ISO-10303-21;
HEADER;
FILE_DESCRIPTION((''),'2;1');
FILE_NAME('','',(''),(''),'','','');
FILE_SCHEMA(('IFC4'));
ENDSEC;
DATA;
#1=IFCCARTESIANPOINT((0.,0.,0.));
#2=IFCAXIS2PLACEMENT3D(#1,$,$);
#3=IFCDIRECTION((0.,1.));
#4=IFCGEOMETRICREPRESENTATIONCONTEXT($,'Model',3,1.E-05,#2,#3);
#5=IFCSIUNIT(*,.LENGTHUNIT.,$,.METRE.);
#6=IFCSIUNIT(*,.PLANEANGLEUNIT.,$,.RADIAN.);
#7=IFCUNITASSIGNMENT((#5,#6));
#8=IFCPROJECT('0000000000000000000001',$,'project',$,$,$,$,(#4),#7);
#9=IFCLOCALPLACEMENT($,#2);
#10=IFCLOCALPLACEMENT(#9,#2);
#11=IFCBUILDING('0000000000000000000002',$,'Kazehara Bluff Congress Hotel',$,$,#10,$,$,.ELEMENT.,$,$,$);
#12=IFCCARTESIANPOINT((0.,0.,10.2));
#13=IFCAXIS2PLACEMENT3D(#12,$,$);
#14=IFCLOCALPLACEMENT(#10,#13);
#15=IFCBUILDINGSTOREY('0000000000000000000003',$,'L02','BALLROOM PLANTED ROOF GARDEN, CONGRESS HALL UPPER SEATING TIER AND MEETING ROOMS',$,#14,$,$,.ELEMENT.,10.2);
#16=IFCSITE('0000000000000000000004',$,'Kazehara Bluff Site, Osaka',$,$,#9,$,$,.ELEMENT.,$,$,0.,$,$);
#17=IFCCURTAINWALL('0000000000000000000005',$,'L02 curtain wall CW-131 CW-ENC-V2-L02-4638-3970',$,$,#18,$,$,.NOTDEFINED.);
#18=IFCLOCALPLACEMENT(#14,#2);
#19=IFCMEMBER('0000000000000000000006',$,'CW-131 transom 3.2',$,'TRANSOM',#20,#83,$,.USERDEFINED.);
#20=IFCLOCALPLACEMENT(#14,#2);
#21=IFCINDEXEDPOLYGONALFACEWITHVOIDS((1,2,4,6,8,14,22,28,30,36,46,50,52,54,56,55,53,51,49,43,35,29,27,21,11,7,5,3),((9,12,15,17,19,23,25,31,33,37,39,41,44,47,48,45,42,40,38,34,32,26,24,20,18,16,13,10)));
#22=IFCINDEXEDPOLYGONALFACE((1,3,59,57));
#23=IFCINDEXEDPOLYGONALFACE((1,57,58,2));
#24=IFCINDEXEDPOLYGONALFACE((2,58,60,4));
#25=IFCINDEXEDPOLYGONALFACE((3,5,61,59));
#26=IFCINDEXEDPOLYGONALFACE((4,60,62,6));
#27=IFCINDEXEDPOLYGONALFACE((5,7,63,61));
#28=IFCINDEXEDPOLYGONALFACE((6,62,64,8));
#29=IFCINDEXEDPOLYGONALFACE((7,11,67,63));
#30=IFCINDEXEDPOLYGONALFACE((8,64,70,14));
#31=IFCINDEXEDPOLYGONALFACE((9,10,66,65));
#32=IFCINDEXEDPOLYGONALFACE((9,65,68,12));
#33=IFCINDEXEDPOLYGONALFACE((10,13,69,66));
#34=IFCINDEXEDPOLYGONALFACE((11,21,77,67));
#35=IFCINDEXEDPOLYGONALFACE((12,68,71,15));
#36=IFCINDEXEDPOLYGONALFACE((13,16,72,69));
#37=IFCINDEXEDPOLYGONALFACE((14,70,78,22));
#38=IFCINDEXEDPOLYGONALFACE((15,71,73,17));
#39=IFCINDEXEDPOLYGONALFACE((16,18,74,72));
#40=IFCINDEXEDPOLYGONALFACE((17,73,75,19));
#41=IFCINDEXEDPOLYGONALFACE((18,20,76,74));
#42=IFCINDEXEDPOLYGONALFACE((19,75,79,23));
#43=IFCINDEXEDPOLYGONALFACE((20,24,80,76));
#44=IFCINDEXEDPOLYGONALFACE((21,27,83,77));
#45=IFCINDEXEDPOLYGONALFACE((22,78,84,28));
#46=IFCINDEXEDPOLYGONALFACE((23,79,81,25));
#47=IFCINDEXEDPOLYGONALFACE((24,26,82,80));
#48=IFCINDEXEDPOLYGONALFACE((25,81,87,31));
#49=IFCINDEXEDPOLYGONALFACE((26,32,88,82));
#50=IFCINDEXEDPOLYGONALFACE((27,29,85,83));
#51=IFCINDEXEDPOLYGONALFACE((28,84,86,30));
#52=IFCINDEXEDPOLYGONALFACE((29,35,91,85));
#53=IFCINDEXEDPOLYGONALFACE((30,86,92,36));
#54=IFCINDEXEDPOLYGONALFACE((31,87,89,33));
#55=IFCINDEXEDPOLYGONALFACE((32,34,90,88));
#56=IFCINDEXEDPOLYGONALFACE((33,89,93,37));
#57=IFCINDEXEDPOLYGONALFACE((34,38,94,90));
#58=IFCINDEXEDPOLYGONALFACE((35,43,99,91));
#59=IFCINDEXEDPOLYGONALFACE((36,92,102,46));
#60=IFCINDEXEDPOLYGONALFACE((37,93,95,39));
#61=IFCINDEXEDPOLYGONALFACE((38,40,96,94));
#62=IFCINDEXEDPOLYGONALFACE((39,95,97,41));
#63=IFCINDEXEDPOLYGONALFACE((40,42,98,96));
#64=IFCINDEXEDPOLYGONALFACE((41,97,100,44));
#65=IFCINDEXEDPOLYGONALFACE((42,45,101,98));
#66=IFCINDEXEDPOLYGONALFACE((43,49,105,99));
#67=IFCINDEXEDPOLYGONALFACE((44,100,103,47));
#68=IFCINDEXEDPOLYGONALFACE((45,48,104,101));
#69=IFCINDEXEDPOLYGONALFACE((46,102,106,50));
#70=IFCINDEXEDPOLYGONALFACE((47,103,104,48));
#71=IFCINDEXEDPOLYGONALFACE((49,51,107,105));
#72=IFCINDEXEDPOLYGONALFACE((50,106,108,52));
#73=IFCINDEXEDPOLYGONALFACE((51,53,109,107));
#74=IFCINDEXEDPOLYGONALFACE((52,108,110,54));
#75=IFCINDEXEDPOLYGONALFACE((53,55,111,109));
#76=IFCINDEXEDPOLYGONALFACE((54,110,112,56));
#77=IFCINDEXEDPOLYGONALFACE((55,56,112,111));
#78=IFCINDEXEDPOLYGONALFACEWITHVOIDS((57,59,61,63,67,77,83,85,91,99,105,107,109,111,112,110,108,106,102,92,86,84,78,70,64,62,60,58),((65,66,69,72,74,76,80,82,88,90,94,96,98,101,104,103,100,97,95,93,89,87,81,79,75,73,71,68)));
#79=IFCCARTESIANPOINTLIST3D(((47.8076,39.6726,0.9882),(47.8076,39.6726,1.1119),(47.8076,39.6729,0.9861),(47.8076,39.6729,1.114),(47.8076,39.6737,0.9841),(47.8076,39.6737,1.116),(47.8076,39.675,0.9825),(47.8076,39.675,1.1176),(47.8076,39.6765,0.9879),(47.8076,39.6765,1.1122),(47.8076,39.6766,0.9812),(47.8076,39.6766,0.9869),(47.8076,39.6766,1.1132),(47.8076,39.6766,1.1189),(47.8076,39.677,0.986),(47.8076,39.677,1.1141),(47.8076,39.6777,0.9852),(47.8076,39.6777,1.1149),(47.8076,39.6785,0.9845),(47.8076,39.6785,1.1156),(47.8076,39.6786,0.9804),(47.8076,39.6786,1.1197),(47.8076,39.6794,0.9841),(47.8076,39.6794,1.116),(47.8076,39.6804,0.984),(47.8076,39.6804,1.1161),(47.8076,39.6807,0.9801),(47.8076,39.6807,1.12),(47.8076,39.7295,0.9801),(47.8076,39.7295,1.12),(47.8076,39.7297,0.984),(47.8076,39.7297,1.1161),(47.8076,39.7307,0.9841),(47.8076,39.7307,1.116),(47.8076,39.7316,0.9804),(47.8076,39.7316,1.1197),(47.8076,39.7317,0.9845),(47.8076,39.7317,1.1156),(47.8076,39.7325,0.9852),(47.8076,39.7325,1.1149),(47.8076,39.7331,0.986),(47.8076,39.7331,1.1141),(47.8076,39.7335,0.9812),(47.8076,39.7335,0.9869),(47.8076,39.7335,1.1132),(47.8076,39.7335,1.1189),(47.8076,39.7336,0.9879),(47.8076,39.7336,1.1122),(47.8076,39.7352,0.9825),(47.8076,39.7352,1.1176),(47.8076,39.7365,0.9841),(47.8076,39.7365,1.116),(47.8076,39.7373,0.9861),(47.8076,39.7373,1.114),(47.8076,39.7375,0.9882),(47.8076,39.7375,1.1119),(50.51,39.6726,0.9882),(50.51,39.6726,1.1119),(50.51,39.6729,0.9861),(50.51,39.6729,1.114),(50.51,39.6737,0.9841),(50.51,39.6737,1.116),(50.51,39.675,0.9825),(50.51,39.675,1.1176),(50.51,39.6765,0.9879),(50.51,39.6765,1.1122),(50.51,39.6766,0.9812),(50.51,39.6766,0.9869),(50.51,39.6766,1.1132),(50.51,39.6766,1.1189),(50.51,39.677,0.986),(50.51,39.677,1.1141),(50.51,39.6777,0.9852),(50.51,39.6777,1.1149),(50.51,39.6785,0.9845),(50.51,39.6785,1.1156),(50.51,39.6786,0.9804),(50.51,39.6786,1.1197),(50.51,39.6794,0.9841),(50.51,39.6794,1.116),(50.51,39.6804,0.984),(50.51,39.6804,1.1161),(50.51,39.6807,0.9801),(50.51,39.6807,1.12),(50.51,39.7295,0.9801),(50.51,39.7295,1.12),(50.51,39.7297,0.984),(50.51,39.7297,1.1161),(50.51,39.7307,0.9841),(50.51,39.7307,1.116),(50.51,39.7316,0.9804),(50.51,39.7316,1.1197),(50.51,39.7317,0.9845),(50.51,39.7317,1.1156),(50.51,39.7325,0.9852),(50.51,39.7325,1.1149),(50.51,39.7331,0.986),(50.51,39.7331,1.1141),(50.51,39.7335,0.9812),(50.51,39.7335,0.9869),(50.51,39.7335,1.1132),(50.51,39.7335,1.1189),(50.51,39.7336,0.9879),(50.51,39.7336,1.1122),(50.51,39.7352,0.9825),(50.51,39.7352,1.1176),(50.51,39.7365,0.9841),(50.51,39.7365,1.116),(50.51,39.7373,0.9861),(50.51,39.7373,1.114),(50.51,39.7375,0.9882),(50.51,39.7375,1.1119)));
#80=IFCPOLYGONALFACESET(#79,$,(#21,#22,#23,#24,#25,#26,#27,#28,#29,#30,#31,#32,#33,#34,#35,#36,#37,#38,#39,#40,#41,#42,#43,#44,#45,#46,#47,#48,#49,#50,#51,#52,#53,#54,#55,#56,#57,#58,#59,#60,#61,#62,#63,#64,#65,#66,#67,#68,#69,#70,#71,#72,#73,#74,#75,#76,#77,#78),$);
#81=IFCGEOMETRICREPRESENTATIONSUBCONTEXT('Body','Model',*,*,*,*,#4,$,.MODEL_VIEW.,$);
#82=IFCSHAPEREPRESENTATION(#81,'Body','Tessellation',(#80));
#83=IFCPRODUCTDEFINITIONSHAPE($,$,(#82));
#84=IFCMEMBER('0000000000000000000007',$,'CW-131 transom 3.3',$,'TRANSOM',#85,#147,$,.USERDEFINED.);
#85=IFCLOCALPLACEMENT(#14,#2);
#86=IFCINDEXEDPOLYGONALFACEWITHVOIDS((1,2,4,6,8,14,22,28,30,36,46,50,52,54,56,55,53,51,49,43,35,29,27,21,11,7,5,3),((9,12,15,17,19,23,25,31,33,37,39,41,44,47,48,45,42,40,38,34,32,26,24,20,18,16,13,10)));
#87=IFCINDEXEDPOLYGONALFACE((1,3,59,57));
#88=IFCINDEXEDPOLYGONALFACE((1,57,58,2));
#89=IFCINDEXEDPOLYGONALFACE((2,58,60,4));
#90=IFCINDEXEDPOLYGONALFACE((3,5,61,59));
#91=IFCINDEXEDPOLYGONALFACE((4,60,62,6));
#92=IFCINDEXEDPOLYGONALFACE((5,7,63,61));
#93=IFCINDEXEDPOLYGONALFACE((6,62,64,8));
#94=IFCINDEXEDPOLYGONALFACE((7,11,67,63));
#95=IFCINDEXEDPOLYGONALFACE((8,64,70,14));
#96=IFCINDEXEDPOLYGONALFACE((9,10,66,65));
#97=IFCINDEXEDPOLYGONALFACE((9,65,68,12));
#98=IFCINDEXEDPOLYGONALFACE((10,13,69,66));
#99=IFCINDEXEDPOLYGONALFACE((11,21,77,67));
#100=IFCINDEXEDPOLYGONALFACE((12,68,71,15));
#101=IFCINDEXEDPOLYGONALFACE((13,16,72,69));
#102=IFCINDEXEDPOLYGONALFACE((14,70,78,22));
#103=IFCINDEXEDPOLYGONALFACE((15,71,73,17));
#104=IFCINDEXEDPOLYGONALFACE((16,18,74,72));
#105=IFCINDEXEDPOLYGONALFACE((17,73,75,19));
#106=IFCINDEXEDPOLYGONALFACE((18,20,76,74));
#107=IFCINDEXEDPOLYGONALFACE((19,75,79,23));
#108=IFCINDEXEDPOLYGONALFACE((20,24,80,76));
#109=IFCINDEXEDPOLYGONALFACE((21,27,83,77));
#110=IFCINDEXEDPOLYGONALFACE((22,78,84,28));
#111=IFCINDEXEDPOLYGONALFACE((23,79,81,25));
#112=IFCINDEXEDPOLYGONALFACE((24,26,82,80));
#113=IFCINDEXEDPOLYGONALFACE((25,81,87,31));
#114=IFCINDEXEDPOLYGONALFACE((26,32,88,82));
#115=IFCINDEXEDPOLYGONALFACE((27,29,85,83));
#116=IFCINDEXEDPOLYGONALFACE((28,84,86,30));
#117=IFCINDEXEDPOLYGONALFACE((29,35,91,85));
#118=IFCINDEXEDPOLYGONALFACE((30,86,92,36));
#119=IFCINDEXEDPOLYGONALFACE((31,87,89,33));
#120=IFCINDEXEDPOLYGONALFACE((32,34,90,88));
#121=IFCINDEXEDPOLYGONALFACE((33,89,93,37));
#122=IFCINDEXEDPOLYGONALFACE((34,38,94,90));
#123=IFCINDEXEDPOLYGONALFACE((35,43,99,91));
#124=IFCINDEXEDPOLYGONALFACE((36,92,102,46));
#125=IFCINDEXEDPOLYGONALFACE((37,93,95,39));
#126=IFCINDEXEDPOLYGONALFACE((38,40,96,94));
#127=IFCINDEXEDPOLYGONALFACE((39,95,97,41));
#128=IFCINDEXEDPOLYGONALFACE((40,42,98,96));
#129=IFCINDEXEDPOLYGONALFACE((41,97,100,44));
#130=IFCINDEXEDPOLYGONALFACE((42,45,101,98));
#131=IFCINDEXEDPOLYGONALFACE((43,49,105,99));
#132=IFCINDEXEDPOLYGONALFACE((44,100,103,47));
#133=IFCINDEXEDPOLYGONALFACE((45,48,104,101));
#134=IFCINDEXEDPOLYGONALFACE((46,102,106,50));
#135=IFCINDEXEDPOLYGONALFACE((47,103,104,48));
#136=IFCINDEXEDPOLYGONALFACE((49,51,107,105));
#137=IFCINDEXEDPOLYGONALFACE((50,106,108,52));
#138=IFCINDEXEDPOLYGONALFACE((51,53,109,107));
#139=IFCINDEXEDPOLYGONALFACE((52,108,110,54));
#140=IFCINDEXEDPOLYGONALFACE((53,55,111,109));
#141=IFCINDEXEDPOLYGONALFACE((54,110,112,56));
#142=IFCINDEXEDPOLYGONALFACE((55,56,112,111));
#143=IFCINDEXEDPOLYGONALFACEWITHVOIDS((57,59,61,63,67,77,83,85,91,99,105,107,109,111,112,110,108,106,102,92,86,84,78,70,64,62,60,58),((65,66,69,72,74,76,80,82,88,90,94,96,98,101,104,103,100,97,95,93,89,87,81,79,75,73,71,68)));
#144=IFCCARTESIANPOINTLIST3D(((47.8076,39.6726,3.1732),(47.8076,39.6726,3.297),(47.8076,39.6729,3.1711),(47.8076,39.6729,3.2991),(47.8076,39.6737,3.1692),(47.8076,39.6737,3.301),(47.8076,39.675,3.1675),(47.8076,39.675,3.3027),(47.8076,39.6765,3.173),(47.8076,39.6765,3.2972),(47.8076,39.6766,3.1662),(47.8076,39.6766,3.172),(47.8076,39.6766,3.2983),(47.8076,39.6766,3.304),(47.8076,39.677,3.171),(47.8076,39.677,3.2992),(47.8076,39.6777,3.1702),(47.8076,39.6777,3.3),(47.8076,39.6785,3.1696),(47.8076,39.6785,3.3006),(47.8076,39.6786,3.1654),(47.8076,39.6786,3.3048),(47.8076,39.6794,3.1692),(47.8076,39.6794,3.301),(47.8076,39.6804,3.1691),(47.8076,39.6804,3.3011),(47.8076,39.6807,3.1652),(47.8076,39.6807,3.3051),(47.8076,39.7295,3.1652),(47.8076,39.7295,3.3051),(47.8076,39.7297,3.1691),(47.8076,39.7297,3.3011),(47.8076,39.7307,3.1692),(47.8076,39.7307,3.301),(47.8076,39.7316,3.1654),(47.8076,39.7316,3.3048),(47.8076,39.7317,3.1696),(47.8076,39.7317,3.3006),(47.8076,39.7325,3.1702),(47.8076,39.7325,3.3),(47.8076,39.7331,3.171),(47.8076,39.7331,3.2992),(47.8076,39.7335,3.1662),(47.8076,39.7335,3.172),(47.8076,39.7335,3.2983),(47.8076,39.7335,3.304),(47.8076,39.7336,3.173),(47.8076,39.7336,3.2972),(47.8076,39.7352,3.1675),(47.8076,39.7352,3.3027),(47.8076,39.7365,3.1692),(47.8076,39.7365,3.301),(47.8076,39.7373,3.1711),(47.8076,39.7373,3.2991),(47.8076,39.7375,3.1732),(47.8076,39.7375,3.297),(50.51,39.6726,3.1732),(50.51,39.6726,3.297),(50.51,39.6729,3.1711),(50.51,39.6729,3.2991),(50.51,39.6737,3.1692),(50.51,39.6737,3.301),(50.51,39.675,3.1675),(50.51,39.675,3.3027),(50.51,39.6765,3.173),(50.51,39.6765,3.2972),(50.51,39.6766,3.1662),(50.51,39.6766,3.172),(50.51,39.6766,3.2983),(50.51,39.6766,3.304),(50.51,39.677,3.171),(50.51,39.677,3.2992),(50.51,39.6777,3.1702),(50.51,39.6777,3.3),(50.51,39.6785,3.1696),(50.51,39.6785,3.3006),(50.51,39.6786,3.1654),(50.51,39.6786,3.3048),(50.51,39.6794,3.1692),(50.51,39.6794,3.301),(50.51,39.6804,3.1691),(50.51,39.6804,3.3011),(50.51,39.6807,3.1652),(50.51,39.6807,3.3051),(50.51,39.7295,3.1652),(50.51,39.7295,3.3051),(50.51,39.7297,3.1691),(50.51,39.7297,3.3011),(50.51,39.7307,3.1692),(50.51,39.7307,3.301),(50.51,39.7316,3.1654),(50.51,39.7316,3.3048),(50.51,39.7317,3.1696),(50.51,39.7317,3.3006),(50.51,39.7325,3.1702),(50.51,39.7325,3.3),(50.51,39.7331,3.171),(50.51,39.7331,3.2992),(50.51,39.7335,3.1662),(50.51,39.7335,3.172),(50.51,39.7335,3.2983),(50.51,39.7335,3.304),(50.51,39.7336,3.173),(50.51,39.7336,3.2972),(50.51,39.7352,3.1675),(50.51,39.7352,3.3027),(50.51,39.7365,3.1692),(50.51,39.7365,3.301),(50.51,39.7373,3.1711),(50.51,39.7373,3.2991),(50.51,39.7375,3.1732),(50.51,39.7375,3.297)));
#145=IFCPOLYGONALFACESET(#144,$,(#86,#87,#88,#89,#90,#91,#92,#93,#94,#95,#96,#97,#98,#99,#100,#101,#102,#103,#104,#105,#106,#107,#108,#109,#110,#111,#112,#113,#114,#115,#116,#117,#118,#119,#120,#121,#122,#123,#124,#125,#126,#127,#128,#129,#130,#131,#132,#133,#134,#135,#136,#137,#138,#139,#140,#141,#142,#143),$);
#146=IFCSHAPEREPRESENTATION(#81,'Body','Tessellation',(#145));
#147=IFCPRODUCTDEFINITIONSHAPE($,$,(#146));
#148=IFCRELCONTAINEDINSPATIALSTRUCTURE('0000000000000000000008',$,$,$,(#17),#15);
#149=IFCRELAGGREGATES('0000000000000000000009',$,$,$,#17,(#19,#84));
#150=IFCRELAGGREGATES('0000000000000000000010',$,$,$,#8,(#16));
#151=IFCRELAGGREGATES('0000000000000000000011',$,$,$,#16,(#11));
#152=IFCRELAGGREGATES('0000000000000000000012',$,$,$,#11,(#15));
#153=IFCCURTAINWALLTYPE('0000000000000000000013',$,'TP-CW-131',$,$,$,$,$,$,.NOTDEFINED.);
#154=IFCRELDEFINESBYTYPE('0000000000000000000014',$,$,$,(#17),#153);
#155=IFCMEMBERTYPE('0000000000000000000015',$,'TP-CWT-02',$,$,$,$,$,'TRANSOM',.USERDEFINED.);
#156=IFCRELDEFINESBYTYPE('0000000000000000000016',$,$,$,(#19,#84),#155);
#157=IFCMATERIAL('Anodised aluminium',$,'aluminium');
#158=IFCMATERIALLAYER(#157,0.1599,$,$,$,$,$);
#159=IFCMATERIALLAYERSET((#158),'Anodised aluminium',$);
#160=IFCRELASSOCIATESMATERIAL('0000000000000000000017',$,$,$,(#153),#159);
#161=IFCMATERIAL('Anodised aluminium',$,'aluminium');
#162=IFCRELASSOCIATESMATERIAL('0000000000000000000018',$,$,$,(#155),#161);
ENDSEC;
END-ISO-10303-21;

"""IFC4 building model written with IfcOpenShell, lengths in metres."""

from ifc_helpers import new_model, si_unit, direction, frame, origin, origin_2d, place, context, subcontext, project, spatial, hollow_rectangle, extrude, material, layer, layer_set, material_profile, profile_set, type_object, element, aggregate, save


model = new_model("IFC4")

# Units and contexts
model_context = context("Model", 3, precision=1e-05, world=origin(), true_north=direction((0.0, 1.0)))
body_context = subcontext(model_context, "Body", "Model", "MODEL_VIEW")
ifc_project = project(units=[si_unit("LENGTHUNIT", "METRE"), si_unit("PLANEANGLEUNIT", "RADIAN")], contexts=[model_context])

# Site, building, storey
site_placement = place(None, origin())
site = spatial("IfcSite", under=ifc_project, at=site_placement, Name="Kazehara Bluff Site, Osaka", CompositionType="ELEMENT", RefElevation=0.0)
building_placement = place(site_placement, origin())
building = spatial("IfcBuilding", under=site, at=building_placement, Name="Kazehara Bluff Congress Hotel", CompositionType="ELEMENT")
storey_placement = place(building_placement, frame((0.0, 0.0, 10.2)))
storey = spatial("IfcBuildingStorey", under=building, at=storey_placement, Name="L02", Description="BALLROOM PLANTED ROOF GARDEN, CONGRESS HALL UPPER SEATING TIER AND MEETING ROOMS", CompositionType="ELEMENT", Elevation=10.2)

# Curtain wall
ifc_material_1 = material(Name="Anodised aluminium", Category="aluminium")
ifc_layer_1 = layer(ifc_material_1, 0.1599)
ifc_layer_set_1 = layer_set([ifc_layer_1], Name="Anodised aluminium")
curtain_wall_type_1 = type_object("IfcCurtainWallType", Name="TP-CW-131", PredefinedType="NOTDEFINED", material=ifc_layer_set_1)
curtain_wall_1_placement = place(storey_placement, origin())
curtain_wall_1 = element("IfcCurtainWall", 1, at=curtain_wall_1_placement, inside=storey, type_object=curtain_wall_type_1, Name="L02 curtain wall CW-131 CW-ENC-V2-L02-4638-3970", PredefinedType="NOTDEFINED")

# Shared definitions
ifc_material_2 = material(Name="Anodised aluminium", Category="aluminium")
ifc_material_profile_1 = material_profile(ifc_material_2, hollow_rectangle(XDim=0.0649, YDim=0.1399, WallThickness=0.0039, InnerFilletRadius=0.0039, OuterFilletRadius=0.0081, at=origin_2d()))
ifc_profile_set_1 = profile_set([ifc_material_profile_1], Name="Anodised aluminium")
member_type_1 = type_object("IfcMemberType", Name="TP-CWT-02", ElementType="TRANSOM", PredefinedType="USERDEFINED", material=ifc_profile_set_1)

# Members
member_1_placement = place(storey_placement, frame((47.8076, 39.7051, 1.05), z_axis=(1.0, 0.0, 0.0), x_axis=(0.0, 1.0, 0.0)))
member_1 = element("IfcMember", 2, at=member_1_placement, type_object=member_type_1, Name="CW-131 transom 3.2", ObjectType="TRANSOM", PredefinedType="USERDEFINED", context=body_context, shape_type="SweptSolid", body=[
    extrude(hollow_rectangle(XDim=0.0649, YDim=0.1399, WallThickness=0.0039, InnerFilletRadius=0.0039, OuterFilletRadius=0.0081, at=origin_2d()), origin(), (0.0, 0.0, 1.0), 2.7024),
])
member_2_placement = place(storey_placement, frame((47.8076, 39.7051, 3.2351), z_axis=(1.0, 0.0, 0.0), x_axis=(0.0, 1.0, 0.0)))
member_2 = element("IfcMember", 3, at=member_2_placement, type_object=member_type_1, Name="CW-131 transom 3.3", ObjectType="TRANSOM", PredefinedType="USERDEFINED", context=body_context, shape_type="SweptSolid", body=[
    extrude(hollow_rectangle(XDim=0.0649, YDim=0.1399, WallThickness=0.0039, InnerFilletRadius=0.0039, OuterFilletRadius=0.0081, at=origin_2d()), origin(), (0.0, 0.0, 1.0), 2.7024),
])

aggregate(curtain_wall_1, [member_1, member_2])

save(model, "model.ifc")
